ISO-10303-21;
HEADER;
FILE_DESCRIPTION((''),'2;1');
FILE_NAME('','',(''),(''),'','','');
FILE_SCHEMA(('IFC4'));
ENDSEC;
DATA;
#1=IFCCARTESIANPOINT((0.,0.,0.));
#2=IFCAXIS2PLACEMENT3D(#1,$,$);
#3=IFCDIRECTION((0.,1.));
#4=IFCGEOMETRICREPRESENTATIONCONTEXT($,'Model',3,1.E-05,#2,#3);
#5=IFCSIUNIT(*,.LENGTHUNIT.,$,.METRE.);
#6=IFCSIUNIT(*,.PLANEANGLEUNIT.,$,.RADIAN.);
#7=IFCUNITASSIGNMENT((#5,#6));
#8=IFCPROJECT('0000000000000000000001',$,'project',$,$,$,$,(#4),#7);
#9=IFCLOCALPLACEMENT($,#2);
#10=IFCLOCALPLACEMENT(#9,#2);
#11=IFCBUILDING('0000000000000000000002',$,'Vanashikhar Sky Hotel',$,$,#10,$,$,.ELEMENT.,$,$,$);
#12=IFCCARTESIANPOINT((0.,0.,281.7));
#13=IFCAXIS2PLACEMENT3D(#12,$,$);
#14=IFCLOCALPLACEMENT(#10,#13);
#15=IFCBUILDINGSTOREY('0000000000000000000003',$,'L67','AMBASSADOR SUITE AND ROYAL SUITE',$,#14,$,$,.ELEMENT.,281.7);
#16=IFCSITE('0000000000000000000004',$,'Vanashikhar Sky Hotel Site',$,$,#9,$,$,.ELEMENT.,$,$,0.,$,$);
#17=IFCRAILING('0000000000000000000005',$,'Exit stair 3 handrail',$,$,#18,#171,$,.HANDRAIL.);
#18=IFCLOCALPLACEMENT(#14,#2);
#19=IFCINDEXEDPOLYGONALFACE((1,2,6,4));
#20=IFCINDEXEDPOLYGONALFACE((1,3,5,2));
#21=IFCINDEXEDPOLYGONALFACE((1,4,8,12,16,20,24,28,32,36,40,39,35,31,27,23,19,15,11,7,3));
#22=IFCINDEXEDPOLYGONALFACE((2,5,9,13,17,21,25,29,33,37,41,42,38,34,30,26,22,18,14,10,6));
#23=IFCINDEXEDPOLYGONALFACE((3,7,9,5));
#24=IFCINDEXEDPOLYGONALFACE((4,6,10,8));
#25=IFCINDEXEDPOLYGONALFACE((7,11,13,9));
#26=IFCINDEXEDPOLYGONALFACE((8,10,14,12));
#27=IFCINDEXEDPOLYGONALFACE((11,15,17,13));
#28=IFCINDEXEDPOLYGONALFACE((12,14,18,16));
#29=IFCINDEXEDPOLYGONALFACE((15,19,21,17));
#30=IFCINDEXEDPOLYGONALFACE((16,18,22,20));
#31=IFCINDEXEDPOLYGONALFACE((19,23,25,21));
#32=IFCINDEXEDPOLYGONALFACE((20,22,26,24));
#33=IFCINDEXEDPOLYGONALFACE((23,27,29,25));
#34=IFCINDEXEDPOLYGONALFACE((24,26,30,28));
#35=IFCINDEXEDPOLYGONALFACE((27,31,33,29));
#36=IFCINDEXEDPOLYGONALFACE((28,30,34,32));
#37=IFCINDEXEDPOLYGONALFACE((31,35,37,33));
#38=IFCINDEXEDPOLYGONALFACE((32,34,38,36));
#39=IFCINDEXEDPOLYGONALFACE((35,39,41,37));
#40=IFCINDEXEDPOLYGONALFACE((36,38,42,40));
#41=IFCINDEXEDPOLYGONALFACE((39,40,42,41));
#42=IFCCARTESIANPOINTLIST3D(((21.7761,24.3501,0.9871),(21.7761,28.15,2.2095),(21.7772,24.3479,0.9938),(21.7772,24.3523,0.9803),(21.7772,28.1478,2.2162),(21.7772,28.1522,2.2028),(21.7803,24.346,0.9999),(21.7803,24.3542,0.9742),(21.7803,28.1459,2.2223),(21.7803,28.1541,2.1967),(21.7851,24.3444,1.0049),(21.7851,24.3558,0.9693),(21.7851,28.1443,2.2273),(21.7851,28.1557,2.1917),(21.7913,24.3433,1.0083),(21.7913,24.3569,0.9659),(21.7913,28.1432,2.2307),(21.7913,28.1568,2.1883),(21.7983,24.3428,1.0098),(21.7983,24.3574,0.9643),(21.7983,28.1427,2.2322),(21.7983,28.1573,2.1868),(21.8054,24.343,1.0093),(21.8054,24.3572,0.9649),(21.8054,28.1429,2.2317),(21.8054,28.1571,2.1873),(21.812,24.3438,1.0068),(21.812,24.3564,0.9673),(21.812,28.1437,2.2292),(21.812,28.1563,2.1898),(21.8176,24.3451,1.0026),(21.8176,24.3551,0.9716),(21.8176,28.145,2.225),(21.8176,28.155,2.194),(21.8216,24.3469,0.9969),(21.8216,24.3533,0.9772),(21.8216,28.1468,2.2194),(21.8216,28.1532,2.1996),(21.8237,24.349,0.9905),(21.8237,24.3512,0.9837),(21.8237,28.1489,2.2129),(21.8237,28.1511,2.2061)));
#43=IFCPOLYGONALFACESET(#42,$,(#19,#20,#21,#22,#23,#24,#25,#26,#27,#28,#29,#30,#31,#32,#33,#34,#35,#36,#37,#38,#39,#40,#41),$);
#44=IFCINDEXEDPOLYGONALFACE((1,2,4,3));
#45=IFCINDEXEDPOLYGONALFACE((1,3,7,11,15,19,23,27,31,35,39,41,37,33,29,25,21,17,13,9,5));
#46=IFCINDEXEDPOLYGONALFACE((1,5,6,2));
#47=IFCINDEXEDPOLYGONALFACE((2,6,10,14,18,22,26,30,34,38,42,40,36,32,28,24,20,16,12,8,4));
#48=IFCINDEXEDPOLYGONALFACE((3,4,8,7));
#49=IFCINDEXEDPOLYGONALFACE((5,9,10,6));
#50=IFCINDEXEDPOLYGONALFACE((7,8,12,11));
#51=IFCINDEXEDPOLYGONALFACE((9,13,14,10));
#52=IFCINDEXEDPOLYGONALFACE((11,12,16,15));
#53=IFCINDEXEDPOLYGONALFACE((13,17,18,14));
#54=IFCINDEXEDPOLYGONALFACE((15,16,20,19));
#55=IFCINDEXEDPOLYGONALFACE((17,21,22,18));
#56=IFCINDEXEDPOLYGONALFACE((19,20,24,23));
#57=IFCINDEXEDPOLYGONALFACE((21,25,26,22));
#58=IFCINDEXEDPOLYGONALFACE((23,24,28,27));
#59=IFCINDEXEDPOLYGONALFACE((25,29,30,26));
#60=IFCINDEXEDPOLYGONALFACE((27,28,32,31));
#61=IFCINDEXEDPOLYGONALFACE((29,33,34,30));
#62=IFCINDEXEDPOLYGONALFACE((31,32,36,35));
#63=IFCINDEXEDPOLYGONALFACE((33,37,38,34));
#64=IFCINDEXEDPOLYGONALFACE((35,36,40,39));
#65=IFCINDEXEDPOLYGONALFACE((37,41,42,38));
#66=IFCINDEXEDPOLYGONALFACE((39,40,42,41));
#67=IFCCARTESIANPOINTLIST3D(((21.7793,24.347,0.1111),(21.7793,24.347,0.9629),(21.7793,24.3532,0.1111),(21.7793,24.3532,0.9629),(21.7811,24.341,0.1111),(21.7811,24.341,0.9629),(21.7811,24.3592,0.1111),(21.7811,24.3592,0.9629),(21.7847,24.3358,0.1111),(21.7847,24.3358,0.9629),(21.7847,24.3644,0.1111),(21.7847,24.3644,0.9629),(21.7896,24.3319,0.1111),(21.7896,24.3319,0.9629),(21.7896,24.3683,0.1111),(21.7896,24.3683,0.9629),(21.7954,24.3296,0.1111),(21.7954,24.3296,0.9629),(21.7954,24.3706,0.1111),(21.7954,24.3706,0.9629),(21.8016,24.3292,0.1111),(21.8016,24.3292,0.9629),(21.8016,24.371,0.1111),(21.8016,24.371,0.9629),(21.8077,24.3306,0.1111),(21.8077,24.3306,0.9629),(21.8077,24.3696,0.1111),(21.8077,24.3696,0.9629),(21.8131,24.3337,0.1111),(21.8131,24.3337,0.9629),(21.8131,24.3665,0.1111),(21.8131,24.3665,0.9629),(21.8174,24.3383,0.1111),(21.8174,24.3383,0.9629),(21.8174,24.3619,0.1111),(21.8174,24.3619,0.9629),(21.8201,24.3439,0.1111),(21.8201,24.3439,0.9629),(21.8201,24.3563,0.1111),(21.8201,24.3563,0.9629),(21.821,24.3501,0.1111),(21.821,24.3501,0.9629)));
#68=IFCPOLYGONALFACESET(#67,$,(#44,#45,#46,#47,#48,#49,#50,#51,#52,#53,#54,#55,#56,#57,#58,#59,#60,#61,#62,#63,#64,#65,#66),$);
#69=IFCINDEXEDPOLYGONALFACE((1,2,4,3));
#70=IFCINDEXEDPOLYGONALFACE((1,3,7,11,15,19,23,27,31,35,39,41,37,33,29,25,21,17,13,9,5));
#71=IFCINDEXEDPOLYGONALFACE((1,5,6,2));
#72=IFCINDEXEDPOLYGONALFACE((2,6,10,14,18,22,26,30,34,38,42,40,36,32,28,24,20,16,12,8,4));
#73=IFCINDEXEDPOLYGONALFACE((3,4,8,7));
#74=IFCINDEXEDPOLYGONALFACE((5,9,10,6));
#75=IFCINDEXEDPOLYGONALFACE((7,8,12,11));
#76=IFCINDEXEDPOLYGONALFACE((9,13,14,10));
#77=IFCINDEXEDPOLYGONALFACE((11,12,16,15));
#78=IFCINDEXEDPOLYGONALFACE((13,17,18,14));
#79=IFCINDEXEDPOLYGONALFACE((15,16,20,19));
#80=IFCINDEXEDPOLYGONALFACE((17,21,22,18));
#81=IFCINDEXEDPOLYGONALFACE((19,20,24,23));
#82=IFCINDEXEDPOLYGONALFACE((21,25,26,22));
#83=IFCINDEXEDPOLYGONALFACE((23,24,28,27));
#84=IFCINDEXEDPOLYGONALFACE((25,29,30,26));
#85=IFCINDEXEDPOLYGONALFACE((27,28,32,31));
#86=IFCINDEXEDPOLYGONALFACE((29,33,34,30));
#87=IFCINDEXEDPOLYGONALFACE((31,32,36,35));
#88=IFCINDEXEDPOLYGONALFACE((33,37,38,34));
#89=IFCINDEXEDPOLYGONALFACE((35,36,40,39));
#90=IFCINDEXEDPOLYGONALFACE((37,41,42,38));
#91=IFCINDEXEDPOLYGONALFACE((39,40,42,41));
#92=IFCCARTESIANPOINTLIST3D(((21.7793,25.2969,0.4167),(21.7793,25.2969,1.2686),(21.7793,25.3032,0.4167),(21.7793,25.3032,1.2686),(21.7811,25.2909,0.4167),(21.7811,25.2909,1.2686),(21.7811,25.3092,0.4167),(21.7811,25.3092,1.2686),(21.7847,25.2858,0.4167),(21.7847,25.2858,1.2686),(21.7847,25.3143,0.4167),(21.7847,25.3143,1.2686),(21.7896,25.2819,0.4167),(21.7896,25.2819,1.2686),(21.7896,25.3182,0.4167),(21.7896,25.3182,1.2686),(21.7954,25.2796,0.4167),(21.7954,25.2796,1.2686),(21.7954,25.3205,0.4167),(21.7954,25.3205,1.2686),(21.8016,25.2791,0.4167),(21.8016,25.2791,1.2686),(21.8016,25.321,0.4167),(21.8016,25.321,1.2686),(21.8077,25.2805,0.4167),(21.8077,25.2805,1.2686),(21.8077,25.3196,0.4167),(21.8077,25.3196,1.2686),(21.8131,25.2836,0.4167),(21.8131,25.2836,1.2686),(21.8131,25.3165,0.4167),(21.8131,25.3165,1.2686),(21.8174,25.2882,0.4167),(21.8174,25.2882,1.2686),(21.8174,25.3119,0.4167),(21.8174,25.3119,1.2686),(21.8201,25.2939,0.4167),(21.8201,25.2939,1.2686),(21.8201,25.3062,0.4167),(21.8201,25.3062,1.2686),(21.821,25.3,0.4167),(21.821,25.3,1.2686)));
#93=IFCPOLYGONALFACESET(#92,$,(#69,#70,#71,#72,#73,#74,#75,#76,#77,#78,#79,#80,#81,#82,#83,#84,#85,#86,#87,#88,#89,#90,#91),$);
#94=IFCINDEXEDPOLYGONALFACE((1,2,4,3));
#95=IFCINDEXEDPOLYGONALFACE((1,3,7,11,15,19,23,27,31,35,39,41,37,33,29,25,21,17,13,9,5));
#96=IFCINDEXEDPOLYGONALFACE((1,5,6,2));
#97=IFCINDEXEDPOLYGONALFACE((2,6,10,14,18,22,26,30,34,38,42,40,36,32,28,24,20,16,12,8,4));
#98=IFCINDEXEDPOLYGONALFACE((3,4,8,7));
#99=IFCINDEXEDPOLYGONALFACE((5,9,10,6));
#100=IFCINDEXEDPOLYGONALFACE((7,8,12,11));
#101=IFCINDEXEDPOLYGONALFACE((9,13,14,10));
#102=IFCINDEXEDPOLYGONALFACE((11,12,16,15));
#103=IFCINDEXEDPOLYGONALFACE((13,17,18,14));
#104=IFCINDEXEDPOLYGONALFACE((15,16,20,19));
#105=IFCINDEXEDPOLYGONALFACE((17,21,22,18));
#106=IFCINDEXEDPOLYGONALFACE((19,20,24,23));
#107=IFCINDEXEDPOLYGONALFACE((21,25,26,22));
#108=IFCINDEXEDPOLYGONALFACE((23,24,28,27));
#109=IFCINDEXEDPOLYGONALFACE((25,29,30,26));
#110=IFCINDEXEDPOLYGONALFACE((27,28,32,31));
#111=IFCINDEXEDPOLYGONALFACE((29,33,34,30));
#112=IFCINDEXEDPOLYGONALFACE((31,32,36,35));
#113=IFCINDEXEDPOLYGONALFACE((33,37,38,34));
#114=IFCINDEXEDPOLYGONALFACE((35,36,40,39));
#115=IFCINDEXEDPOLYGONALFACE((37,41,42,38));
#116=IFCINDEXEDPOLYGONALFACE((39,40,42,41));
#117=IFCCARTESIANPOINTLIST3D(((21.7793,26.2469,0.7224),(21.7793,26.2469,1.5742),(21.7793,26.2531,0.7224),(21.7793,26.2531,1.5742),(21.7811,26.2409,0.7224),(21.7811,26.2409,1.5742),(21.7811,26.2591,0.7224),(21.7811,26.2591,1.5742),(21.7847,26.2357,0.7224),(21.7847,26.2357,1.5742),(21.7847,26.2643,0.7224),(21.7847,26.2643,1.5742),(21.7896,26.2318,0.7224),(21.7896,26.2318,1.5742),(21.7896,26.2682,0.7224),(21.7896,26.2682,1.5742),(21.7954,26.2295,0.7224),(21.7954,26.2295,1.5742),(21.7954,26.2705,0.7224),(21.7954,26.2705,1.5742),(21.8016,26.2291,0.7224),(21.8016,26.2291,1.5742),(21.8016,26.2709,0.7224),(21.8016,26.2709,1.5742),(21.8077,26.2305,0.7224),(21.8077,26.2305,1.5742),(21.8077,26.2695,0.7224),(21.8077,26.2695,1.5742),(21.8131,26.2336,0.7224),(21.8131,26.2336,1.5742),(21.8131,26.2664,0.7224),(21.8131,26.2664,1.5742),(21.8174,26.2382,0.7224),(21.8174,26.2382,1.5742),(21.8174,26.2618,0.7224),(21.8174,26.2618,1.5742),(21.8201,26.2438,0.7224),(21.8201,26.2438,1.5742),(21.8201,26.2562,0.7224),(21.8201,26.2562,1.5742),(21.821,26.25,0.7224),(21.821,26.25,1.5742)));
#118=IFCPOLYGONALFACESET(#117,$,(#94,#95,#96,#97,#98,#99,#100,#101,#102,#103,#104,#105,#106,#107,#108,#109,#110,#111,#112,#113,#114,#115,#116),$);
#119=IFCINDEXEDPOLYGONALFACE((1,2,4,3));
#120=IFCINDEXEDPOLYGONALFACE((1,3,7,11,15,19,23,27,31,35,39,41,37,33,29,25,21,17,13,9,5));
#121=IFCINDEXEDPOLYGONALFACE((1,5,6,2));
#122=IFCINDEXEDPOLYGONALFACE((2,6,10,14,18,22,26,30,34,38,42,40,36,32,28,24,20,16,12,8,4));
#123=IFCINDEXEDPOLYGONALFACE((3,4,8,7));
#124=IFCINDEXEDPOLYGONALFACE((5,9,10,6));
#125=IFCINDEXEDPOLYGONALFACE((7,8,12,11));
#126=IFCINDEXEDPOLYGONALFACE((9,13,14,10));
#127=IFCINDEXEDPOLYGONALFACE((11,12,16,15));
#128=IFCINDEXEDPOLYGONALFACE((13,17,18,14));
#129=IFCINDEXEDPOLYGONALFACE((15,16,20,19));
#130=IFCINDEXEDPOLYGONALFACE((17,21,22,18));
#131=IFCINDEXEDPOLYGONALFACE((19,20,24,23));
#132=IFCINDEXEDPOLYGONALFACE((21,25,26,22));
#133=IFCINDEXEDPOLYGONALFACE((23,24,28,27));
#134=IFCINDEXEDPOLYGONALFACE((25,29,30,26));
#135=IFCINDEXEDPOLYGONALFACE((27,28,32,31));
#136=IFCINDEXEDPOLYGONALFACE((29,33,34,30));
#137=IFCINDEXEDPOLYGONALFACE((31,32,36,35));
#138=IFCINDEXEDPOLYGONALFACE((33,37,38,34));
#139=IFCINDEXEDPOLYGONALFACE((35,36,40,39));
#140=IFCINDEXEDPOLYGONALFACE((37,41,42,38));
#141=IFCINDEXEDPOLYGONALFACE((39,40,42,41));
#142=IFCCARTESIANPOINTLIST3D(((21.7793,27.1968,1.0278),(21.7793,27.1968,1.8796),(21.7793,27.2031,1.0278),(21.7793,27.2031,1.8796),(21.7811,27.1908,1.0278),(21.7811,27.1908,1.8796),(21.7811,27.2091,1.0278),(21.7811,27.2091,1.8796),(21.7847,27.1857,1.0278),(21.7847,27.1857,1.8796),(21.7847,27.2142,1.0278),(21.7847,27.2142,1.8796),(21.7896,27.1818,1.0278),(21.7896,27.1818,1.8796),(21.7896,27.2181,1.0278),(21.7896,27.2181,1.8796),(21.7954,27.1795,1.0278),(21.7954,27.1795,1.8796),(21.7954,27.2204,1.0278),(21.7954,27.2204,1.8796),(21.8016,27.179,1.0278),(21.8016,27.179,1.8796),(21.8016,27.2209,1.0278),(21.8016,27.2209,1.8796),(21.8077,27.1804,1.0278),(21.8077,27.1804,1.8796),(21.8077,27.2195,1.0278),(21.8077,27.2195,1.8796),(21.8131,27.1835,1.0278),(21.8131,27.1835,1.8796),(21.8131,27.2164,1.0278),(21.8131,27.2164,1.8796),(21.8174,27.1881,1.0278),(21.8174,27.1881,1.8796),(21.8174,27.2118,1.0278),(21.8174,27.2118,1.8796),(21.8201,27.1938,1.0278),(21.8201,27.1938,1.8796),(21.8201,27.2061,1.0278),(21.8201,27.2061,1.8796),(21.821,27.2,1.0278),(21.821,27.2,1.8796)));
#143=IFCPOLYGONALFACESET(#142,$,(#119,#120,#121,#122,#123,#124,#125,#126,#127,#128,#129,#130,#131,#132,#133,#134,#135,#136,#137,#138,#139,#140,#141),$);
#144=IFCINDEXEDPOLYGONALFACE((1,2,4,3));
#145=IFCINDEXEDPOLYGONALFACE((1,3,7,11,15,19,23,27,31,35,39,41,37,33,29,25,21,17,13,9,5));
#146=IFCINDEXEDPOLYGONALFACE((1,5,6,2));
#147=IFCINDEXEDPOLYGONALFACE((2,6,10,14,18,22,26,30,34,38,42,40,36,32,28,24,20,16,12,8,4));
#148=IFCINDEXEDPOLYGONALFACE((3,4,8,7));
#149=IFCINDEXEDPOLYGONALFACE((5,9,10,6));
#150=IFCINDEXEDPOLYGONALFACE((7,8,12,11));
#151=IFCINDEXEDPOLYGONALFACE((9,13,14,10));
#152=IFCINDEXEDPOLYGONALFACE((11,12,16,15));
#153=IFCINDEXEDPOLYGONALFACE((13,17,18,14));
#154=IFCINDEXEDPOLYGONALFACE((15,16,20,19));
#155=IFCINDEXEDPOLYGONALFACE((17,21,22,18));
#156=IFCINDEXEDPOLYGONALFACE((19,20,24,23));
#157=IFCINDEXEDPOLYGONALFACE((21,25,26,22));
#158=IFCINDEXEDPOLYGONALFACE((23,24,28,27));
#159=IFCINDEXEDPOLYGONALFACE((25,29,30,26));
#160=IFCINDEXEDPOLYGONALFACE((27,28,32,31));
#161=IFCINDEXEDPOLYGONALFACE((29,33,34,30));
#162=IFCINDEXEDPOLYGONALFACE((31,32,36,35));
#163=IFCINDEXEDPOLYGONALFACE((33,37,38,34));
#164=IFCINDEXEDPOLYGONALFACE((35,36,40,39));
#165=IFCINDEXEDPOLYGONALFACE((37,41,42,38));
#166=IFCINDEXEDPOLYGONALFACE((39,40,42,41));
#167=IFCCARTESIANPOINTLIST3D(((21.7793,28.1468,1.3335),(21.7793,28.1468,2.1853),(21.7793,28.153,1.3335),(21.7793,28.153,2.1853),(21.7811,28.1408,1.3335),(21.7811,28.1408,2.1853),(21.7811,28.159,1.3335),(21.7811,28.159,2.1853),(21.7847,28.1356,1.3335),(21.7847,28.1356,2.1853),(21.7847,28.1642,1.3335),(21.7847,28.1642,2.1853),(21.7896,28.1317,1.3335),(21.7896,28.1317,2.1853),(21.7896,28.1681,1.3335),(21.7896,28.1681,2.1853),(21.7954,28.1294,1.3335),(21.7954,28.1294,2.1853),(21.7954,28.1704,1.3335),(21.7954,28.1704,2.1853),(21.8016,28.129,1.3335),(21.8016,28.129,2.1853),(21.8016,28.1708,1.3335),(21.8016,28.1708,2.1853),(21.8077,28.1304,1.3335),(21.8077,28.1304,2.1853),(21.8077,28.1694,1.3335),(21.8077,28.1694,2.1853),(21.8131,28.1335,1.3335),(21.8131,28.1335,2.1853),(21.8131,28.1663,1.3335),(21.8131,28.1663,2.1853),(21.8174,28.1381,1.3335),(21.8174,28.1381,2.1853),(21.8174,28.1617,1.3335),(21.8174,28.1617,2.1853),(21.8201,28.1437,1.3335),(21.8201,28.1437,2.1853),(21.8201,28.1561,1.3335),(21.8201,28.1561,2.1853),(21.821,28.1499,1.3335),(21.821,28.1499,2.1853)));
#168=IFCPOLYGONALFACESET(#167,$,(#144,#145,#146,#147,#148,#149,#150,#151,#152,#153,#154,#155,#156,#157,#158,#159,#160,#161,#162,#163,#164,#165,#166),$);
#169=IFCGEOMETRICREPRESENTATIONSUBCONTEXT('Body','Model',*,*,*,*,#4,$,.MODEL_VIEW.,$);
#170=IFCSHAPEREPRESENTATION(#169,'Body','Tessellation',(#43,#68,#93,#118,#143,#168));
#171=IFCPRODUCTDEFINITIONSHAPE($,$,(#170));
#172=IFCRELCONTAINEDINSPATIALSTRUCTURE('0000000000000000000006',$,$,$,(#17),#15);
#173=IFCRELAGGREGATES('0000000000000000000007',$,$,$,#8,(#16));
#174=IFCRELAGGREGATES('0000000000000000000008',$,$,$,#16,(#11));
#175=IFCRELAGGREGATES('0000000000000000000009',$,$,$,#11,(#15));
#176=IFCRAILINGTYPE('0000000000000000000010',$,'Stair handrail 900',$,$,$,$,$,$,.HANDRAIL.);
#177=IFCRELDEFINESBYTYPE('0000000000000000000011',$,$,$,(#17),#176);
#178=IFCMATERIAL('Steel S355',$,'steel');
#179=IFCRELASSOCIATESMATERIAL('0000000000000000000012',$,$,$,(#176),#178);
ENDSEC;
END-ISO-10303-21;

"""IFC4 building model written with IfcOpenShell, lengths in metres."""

from ifc_helpers import new_model, si_unit, direction, frame, origin, origin_2d, place, context, subcontext, project, spatial, circle, extrude, source, transform, mapped, material, type_object, element, save


model = new_model("IFC4")

# Units and contexts
model_context = context("Model", 3, precision=1e-05, world=origin(), true_north=direction((0.0, 1.0)))
body_context = subcontext(model_context, "Body", "Model", "MODEL_VIEW")
ifc_project = project(units=[si_unit("LENGTHUNIT", "METRE"), si_unit("PLANEANGLEUNIT", "RADIAN")], contexts=[model_context])

# Site, building, storey
site_placement = place(None, origin())
site = spatial("IfcSite", under=ifc_project, at=site_placement, Name="Vanashikhar Sky Hotel Site", CompositionType="ELEMENT", RefElevation=0.0)
building_placement = place(site_placement, origin())
building = spatial("IfcBuilding", under=site, at=building_placement, Name="Vanashikhar Sky Hotel", CompositionType="ELEMENT")
storey_placement = place(building_placement, frame((0.0, 0.0, 281.7)))
storey = spatial("IfcBuildingStorey", under=building, at=storey_placement, Name="L67", Description="AMBASSADOR SUITE AND ROYAL SUITE", CompositionType="ELEMENT", Elevation=281.7)

# Railing
ifc_material_1 = material(Name="Steel S355", Category="steel")
railing_type_1 = type_object("IfcRailingType", Name="Stair handrail 900", PredefinedType="HANDRAIL", material=ifc_material_1)
shared_shape_1 = source(origin(), body_context, "Body", "SweptSolid", [
    extrude(circle(Radius=0.0239, at=origin_2d()), frame((0.0, 0.0, 0.876), z_axis=(0.0, 0.951952, 0.306247), x_axis=(-1.0, 0.0, 0.0)), (0.0, 0.0, 1.0), 3.9917),
    extrude(circle(Radius=0.021, at=origin_2d()), origin(), (0.0, 0.0, 1.0), 0.8518),
    extrude(circle(Radius=0.021, at=origin_2d()), frame((0.0, 0.95, 0.3057)), (0.0, 0.0, 1.0), 0.8518),
    extrude(circle(Radius=0.021, at=origin_2d()), frame((0.0, 1.8999, 0.6113)), (0.0, 0.0, 1.0), 0.8518),
    extrude(circle(Radius=0.021, at=origin_2d()), frame((0.0, 2.8499, 0.9167)), (0.0, 0.0, 1.0), 0.8518),
    extrude(circle(Radius=0.021, at=origin_2d()), frame((0.0, 3.7998, 1.2224)), (0.0, 0.0, 1.0), 0.8518),
])
railing_1_placement = place(storey_placement, frame((21.8, 24.3501, 0.1111)))
element("IfcRailing", 1, at=railing_1_placement, inside=storey, type_object=railing_type_1, Name="Exit stair 3 handrail", PredefinedType="HANDRAIL", context=body_context, shape_type="MappedRepresentation", body=[
    mapped(shared_shape_1, transform((0.0, 0.0, 0.0), scale=1.0)),
])

save(model, "model.ifc")
